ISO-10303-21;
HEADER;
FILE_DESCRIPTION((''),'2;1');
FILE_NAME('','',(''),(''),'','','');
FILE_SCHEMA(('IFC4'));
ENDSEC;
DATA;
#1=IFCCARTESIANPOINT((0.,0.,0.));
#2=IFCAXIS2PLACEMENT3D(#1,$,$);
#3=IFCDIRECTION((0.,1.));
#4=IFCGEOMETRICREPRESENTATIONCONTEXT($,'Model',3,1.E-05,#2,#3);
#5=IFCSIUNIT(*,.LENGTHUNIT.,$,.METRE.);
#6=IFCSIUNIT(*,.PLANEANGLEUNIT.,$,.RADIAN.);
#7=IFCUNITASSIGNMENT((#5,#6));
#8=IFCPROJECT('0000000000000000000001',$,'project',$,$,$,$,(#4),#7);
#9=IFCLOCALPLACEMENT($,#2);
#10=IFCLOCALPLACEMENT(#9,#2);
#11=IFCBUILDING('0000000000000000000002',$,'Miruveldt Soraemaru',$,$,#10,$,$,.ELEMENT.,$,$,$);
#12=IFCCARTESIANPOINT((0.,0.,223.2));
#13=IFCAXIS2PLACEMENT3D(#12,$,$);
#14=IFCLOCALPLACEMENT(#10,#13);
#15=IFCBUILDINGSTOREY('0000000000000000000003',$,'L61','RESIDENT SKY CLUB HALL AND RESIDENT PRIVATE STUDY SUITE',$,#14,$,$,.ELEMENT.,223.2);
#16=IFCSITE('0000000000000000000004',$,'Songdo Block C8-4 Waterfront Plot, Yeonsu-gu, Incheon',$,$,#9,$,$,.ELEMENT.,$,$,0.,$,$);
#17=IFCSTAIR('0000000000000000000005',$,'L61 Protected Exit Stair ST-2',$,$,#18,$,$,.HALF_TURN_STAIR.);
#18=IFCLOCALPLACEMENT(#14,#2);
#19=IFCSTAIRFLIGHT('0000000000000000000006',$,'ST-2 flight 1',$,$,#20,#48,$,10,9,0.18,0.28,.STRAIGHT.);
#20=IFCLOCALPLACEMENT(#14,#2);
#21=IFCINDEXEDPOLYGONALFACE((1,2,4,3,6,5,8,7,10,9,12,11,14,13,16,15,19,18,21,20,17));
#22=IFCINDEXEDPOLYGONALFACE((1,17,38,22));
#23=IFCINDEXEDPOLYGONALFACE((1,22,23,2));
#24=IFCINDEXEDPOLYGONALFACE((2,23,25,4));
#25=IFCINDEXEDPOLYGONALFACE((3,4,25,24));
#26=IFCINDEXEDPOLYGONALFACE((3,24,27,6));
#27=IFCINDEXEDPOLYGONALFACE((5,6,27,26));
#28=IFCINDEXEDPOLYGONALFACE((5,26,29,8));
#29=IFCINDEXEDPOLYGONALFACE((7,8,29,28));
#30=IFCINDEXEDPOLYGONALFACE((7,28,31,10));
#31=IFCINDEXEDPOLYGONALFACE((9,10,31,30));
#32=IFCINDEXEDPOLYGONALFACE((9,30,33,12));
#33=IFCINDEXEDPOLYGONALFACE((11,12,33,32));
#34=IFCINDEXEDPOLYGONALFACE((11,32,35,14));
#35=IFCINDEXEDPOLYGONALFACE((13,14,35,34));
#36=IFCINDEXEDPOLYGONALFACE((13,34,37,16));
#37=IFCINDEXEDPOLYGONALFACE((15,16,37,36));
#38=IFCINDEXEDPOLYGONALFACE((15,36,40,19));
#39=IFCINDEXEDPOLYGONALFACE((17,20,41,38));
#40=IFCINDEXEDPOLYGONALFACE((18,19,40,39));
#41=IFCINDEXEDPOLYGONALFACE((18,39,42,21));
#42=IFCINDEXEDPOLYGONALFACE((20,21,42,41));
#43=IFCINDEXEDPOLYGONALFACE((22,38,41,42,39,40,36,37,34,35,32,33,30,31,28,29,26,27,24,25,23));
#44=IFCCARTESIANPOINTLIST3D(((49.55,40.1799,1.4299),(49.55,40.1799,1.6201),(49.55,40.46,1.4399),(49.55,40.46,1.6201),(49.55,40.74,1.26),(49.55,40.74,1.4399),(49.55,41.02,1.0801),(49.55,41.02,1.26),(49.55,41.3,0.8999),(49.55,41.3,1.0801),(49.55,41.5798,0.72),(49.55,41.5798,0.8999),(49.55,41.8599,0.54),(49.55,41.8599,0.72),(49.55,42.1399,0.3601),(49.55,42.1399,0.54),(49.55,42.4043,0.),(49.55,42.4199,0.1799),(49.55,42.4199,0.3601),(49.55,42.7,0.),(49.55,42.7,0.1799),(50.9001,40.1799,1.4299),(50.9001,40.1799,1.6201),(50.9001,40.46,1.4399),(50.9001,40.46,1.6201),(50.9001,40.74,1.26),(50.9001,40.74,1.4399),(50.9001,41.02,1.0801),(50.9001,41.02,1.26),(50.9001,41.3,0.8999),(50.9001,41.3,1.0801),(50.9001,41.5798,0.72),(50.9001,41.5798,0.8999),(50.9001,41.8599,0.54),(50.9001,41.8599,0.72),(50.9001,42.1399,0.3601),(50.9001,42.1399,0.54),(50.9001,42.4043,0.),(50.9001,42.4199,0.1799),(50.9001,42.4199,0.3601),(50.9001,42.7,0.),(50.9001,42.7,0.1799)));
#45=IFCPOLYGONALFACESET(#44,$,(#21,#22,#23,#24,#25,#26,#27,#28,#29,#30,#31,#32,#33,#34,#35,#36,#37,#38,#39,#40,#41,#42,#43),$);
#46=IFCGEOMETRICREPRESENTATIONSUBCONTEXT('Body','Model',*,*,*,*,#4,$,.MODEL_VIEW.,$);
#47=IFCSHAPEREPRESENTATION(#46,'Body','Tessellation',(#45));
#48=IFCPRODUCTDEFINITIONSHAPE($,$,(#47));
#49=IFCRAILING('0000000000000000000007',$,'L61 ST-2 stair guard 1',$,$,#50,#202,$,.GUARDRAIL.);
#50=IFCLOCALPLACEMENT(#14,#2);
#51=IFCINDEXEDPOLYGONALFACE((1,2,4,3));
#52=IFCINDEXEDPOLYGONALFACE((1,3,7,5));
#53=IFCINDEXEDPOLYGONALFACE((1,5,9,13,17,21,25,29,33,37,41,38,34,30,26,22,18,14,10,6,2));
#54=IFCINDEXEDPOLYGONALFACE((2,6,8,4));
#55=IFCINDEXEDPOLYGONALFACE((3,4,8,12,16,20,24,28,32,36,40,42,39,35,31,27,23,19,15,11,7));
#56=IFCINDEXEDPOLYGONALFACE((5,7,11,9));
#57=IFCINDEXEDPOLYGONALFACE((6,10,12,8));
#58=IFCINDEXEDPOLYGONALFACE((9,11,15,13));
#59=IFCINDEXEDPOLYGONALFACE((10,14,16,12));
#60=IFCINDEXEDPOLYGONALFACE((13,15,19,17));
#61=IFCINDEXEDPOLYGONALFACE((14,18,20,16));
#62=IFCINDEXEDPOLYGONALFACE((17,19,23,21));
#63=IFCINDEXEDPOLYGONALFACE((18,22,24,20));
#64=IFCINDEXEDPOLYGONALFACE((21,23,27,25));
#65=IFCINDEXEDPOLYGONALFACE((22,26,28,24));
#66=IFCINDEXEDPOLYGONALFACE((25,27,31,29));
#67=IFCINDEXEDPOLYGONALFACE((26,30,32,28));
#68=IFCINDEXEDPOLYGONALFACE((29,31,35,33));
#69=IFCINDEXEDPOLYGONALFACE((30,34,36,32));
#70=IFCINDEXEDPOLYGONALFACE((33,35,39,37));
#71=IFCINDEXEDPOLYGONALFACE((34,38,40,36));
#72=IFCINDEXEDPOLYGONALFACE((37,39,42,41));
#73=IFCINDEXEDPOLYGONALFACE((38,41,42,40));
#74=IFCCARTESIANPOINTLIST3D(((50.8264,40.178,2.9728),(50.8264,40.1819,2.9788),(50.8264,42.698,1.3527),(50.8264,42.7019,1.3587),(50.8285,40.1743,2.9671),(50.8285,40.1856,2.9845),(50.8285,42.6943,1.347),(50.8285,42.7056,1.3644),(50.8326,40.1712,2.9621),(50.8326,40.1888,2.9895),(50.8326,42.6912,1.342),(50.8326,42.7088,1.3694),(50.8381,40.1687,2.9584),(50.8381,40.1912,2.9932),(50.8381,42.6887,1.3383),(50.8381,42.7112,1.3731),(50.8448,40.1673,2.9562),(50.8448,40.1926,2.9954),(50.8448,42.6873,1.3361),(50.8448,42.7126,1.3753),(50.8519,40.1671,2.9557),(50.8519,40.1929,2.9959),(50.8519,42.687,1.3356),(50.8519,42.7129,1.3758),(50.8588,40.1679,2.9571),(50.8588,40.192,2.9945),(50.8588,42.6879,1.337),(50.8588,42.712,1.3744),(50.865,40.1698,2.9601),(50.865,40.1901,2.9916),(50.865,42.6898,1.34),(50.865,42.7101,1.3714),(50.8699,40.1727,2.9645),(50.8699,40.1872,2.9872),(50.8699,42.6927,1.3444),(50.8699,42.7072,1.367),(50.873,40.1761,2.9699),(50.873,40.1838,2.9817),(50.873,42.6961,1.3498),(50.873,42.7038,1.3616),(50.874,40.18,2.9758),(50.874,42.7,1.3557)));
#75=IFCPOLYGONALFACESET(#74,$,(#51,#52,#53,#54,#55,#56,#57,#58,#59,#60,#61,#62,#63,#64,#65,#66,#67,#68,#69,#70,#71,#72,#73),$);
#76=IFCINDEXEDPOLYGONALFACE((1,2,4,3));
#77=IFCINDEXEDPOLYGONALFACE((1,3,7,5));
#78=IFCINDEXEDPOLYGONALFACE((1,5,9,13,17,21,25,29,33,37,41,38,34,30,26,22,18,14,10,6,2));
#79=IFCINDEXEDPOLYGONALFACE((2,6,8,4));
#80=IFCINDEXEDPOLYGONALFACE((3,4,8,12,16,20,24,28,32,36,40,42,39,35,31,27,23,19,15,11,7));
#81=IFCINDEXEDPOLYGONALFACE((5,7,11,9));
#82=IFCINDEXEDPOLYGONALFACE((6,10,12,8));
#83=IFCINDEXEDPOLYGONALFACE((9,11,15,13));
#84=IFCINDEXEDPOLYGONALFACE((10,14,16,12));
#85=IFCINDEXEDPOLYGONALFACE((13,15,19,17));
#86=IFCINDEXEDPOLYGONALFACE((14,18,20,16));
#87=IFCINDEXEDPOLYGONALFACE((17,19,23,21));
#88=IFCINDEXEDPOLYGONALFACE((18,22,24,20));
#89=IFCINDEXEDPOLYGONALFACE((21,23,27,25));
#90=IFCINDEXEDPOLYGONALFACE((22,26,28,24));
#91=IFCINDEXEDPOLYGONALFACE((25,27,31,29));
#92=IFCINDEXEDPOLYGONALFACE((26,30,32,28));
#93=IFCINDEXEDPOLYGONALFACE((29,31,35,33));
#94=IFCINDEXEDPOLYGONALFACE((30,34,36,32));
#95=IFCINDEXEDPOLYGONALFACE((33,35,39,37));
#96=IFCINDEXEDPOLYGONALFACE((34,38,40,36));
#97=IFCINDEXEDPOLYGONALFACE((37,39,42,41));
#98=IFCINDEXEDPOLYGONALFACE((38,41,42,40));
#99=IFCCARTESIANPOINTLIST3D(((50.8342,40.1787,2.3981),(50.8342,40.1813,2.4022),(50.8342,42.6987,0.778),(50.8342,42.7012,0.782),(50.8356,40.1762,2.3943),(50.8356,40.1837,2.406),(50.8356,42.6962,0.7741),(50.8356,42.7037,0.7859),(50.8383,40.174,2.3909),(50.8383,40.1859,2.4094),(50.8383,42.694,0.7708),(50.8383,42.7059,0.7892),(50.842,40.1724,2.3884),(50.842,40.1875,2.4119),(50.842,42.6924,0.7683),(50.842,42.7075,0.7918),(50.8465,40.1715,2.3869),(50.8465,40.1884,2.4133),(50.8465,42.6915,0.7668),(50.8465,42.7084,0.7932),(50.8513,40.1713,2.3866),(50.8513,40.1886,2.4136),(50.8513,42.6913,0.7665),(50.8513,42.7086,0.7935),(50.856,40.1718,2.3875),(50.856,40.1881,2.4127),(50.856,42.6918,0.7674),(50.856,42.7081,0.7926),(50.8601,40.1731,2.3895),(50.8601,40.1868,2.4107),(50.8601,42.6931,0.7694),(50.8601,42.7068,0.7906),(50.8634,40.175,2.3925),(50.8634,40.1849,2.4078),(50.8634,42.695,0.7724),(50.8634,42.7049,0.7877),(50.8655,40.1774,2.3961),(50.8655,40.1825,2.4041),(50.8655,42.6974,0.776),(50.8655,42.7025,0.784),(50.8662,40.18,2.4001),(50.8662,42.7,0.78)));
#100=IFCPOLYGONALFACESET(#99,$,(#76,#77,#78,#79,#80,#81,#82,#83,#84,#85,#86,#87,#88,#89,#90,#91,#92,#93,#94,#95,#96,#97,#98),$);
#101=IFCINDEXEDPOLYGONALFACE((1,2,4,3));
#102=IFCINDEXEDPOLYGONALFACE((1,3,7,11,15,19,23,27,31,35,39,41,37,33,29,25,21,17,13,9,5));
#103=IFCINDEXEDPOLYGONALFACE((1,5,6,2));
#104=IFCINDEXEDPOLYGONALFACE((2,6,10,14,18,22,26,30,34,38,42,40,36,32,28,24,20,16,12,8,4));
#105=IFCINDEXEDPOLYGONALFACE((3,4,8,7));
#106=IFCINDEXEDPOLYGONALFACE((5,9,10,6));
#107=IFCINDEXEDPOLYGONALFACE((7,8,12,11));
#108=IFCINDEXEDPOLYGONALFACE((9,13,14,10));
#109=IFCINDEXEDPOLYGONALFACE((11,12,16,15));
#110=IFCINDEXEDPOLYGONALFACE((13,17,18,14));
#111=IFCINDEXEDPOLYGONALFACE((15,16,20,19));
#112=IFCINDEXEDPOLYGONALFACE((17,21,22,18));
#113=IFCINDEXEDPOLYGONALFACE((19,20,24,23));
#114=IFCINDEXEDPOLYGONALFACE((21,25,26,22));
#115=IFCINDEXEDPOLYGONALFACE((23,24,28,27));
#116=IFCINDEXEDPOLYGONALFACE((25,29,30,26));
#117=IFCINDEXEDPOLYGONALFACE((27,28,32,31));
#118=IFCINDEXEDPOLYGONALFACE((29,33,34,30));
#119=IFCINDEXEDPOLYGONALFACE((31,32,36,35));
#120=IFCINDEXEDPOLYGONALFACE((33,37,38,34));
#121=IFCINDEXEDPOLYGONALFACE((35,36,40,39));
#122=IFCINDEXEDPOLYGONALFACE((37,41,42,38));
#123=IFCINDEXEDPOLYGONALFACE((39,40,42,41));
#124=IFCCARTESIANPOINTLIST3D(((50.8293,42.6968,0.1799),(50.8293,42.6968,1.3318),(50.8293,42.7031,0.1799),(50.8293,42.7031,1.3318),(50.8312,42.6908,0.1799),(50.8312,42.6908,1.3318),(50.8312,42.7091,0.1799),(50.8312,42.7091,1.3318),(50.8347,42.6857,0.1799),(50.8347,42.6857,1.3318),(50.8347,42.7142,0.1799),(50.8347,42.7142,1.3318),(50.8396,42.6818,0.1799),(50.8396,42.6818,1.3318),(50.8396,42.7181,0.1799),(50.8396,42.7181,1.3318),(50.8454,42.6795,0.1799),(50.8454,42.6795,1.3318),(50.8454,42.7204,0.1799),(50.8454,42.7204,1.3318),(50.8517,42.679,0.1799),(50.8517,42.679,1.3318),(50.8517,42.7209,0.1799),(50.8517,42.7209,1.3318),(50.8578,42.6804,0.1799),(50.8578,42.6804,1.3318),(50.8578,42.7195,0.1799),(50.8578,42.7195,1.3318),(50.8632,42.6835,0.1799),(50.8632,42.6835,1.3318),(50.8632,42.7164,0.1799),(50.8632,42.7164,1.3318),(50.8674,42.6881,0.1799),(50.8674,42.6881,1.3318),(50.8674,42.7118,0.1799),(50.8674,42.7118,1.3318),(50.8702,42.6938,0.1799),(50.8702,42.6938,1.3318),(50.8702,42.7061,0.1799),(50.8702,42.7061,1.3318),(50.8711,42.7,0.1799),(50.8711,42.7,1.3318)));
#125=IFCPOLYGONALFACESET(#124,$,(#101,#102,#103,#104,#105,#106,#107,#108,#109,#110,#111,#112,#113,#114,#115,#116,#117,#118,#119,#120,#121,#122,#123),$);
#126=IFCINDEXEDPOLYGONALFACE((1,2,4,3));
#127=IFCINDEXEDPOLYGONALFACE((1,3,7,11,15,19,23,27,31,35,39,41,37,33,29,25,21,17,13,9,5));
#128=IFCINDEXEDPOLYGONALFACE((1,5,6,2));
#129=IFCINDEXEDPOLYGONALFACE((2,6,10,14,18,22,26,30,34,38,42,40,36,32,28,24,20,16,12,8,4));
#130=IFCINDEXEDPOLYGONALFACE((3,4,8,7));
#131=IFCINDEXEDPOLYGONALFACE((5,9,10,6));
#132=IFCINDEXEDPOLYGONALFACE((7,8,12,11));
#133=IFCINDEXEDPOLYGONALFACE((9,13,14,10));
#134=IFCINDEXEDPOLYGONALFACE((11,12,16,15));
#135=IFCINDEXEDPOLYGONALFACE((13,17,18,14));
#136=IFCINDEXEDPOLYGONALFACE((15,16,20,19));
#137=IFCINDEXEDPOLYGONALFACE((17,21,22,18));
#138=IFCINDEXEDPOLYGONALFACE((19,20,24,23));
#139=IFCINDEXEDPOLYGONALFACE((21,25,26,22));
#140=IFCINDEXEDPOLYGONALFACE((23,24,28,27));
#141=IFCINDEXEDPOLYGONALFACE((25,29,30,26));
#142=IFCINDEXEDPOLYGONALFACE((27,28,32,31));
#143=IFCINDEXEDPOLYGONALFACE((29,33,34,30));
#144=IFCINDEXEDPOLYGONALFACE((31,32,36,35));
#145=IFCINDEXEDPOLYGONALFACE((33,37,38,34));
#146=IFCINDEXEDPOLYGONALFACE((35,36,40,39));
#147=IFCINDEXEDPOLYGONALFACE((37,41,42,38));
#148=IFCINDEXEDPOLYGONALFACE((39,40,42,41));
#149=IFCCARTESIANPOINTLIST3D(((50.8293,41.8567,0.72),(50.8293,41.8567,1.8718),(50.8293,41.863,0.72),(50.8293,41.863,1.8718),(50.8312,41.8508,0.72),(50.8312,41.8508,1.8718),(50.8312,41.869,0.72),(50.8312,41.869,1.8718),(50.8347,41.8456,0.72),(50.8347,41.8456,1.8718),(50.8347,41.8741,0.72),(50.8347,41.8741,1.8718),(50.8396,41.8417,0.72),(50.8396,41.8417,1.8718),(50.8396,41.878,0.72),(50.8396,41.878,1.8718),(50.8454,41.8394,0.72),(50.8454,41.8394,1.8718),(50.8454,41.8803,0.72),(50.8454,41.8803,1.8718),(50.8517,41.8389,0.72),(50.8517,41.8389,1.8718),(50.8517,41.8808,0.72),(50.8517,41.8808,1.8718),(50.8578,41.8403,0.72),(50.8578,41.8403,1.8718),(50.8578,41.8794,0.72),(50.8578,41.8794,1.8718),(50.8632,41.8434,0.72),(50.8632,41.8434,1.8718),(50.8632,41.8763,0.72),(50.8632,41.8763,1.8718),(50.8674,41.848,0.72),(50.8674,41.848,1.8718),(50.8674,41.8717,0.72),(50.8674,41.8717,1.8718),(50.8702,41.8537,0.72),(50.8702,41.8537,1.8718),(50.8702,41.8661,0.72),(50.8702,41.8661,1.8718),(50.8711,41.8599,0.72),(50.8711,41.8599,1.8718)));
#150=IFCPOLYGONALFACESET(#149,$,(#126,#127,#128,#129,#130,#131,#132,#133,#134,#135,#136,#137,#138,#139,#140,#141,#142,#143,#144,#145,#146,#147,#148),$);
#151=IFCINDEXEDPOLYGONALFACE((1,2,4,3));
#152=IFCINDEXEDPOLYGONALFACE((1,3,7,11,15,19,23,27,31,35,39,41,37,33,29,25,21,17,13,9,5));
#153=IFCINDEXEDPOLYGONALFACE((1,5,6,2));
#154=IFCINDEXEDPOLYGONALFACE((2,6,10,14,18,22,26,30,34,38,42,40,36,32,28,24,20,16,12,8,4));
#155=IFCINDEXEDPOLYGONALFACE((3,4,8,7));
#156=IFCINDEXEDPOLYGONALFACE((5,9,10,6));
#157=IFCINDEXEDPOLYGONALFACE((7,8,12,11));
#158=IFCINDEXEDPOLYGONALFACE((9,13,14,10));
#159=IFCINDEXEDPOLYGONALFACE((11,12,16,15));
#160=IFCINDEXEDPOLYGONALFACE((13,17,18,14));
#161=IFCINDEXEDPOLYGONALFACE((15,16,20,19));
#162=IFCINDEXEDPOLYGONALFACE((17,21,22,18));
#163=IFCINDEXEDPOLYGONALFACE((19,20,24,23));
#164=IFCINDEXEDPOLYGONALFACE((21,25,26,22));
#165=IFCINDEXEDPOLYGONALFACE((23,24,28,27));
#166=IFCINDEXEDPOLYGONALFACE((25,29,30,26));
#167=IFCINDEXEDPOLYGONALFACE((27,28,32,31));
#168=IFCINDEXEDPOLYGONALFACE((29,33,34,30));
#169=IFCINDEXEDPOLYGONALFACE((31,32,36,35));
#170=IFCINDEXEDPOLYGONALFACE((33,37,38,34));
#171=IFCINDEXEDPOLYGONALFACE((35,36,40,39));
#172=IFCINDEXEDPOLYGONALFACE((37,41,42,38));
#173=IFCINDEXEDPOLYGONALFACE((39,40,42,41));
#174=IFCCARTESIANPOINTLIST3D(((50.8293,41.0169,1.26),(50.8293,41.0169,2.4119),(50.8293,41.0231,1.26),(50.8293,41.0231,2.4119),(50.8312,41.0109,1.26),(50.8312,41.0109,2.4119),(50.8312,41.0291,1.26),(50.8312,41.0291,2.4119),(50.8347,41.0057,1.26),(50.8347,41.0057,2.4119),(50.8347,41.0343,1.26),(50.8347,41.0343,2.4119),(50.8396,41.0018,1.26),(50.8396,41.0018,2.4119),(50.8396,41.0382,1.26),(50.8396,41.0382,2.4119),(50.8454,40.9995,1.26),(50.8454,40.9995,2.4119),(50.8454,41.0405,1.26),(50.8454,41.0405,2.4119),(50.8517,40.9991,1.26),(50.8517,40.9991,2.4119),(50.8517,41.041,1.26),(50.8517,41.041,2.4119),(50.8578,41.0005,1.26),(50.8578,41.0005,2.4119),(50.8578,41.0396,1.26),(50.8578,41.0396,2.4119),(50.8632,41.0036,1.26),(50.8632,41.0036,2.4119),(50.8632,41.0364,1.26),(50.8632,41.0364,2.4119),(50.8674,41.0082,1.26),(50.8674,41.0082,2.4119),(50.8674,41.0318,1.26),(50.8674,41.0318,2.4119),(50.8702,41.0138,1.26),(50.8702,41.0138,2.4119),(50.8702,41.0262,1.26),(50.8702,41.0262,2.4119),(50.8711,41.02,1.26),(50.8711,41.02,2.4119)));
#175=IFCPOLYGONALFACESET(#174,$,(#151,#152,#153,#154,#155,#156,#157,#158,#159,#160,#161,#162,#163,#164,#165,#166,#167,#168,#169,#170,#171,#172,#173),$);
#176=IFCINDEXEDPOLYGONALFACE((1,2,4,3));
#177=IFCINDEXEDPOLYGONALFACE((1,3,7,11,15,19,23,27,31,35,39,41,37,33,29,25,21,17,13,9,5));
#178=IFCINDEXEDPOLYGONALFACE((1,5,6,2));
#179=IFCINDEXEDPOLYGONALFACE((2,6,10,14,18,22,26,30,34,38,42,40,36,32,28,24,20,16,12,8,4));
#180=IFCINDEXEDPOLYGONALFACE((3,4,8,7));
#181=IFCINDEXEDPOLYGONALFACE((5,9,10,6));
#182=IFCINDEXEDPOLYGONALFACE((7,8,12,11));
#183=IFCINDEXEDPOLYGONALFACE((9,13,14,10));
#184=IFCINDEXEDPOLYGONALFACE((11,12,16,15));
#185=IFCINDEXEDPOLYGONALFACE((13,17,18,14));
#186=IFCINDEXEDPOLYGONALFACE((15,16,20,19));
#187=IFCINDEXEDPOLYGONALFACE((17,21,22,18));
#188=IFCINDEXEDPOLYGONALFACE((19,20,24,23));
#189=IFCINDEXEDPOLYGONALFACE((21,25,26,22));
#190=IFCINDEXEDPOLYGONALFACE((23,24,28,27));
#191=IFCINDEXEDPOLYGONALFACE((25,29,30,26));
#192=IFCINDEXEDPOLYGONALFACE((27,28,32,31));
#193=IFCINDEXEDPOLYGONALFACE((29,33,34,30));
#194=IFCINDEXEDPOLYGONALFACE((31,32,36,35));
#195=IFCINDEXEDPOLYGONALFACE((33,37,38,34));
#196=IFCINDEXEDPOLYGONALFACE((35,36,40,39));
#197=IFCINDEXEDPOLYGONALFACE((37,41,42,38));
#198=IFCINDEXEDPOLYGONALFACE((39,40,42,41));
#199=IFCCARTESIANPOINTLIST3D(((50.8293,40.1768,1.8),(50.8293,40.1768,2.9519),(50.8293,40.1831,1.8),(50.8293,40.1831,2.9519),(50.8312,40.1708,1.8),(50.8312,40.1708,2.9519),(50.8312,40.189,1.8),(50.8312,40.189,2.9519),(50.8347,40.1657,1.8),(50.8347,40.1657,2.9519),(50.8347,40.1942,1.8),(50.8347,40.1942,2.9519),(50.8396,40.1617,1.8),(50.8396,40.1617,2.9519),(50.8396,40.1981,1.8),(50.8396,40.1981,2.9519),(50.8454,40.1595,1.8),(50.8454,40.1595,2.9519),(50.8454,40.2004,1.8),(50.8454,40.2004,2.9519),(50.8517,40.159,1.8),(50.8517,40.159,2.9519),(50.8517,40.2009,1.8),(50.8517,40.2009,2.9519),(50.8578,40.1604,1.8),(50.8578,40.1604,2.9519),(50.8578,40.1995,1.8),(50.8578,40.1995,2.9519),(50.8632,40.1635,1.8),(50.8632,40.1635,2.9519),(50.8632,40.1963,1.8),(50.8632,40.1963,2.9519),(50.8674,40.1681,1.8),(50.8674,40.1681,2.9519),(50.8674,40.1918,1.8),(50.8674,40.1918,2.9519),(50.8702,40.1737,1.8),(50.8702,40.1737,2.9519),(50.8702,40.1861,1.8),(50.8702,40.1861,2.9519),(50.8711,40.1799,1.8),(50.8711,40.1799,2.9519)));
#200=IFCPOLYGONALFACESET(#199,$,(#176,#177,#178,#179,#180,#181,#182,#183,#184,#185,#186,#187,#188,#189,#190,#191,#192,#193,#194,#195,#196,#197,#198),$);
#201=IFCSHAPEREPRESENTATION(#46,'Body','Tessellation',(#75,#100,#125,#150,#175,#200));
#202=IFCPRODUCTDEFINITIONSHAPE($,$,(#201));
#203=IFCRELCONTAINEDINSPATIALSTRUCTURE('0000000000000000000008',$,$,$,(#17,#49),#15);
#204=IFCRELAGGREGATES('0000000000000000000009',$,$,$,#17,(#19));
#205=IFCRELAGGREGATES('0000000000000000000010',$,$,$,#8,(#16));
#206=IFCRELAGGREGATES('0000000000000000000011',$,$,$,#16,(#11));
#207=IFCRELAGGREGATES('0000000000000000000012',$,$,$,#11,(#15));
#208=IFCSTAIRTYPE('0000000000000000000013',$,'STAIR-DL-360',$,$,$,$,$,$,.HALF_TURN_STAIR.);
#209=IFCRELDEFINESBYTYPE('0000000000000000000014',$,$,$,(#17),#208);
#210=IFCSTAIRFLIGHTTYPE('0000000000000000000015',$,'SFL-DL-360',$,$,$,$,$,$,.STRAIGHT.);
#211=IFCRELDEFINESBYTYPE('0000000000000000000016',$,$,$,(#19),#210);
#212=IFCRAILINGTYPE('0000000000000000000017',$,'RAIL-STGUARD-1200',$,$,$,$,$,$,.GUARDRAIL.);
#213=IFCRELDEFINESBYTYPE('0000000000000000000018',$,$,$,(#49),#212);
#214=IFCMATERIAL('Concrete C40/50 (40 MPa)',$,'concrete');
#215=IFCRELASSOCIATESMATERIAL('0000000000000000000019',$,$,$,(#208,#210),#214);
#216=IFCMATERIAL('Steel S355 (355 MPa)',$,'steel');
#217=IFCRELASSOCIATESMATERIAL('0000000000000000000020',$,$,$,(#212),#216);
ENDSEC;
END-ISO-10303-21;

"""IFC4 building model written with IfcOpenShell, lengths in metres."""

from ifc_helpers import new_model, si_unit, direction, frame, origin, origin_2d, place, context, subcontext, project, spatial, polyline, circle, outline, extrude, material, type_object, element, aggregate, save


model = new_model("IFC4")

# Units and contexts
model_context = context("Model", 3, precision=1e-05, world=origin(), true_north=direction((0.0, 1.0)))
body_context = subcontext(model_context, "Body", "Model", "MODEL_VIEW")
ifc_project = project(units=[si_unit("LENGTHUNIT", "METRE"), si_unit("PLANEANGLEUNIT", "RADIAN")], contexts=[model_context])

# Site, building, storey
site_placement = place(None, origin())
site = spatial("IfcSite", under=ifc_project, at=site_placement, Name="Songdo Block C8-4 Waterfront Plot, Yeonsu-gu, Incheon", CompositionType="ELEMENT", RefElevation=0.0)
building_placement = place(site_placement, origin())
building = spatial("IfcBuilding", under=site, at=building_placement, Name="Miruveldt Soraemaru", CompositionType="ELEMENT")
storey_placement = place(building_placement, frame((0.0, 0.0, 223.2)))
storey = spatial("IfcBuildingStorey", under=building, at=storey_placement, Name="L61", Description="RESIDENT SKY CLUB HALL AND RESIDENT PRIVATE STUDY SUITE", CompositionType="ELEMENT", Elevation=223.2)

# Shared definitions
ifc_material_1 = material(Name="Concrete C40/50 (40 MPa)", Category="concrete")

# Stair, stair flight
stair_type = type_object("IfcStairType", Name="STAIR-DL-360", PredefinedType="HALF_TURN_STAIR", material=ifc_material_1)
stair_placement = place(storey_placement, origin())
stair = element("IfcStair", 1, at=stair_placement, inside=storey, type_object=stair_type, Name="L61 Protected Exit Stair ST-2", PredefinedType="HALF_TURN_STAIR")
stair_flight_type = type_object("IfcStairFlightType", Name="SFL-DL-360", PredefinedType="STRAIGHT", material=ifc_material_1)
stair_flight_placement = place(storey_placement, frame((50.2251, 42.7, 0.0), z_axis=(0.0, 0.0, 1.0), x_axis=(0.0, -1.0, 0.0)))
stair_flight = element("IfcStairFlight", 2, at=stair_flight_placement, type_object=stair_flight_type, Name="ST-2 flight 1", NumberOfRisers=10, NumberOfTreads=9, PredefinedType="STRAIGHT", RiserHeight=0.18, TreadLength=0.28, context=body_context, shape_type="SweptSolid", body=[
    extrude(outline(polyline([(0.0, 0.0), (0.0, 0.1799), (0.28, 0.1799), (0.28, 0.3601), (0.5601, 0.3601), (0.5601, 0.54), (0.8401, 0.54), (0.8401, 0.72), (1.1201, 0.72), (1.1201, 0.8999), (1.3999, 0.8999), (1.3999, 1.0801), (1.6799, 1.0801), (1.6799, 1.26), (1.96, 1.26), (1.96, 1.4399), (2.24, 1.4399), (2.24, 1.6201), (2.52, 1.6201), (2.52, 1.8), (2.52, 1.4299), (0.2957, 0.0), (0.0, 0.0)])), frame((0.0, 0.675, 0.0), z_axis=(0.0, -1.0, 0.0), x_axis=(1.0, 0.0, 0.0)), (0.0, 0.0, 1.0), 1.3501),
])
aggregate(stair, [stair_flight])

# Railing
ifc_material_2 = material(Name="Steel S355 (355 MPa)", Category="steel")
railing_type_1 = type_object("IfcRailingType", Name="RAIL-STGUARD-1200", PredefinedType="GUARDRAIL", material=ifc_material_2)
railing_1_placement = place(storey_placement, frame((50.8501, 42.7, 0.1799)))
element("IfcRailing", 3, at=railing_1_placement, inside=storey, type_object=railing_type_1, Name="L61 ST-2 stair guard 1", PredefinedType="GUARDRAIL", context=body_context, shape_type="SweptSolid", body=[
    extrude(circle(Radius=0.0239, at=origin_2d()), frame((0.0, 0.0, 1.1758), z_axis=(0.0, -0.841163, 0.540782), x_axis=(1.0, 0.0, 0.0)), (0.0, 0.0, 1.0), 2.9958),
    extrude(circle(Radius=0.0161, at=origin_2d()), frame((0.0, 0.0, 0.6001), z_axis=(0.0, -0.841163, 0.540782), x_axis=(1.0, 0.0, 0.0)), (0.0, 0.0, 1.0), 2.9958),
    extrude(circle(Radius=0.021, at=origin_2d()), origin(), (0.0, 0.0, 1.0), 1.1519),
    extrude(circle(Radius=0.021, at=origin_2d()), frame((0.0, -0.8401, 0.54)), (0.0, 0.0, 1.0), 1.1519),
    extrude(circle(Radius=0.021, at=origin_2d()), frame((0.0, -1.6799, 1.0801)), (0.0, 0.0, 1.0), 1.1519),
    extrude(circle(Radius=0.021, at=origin_2d()), frame((0.0, -2.52, 1.6201)), (0.0, 0.0, 1.0), 1.1519),
])

save(model, "model.ifc")
